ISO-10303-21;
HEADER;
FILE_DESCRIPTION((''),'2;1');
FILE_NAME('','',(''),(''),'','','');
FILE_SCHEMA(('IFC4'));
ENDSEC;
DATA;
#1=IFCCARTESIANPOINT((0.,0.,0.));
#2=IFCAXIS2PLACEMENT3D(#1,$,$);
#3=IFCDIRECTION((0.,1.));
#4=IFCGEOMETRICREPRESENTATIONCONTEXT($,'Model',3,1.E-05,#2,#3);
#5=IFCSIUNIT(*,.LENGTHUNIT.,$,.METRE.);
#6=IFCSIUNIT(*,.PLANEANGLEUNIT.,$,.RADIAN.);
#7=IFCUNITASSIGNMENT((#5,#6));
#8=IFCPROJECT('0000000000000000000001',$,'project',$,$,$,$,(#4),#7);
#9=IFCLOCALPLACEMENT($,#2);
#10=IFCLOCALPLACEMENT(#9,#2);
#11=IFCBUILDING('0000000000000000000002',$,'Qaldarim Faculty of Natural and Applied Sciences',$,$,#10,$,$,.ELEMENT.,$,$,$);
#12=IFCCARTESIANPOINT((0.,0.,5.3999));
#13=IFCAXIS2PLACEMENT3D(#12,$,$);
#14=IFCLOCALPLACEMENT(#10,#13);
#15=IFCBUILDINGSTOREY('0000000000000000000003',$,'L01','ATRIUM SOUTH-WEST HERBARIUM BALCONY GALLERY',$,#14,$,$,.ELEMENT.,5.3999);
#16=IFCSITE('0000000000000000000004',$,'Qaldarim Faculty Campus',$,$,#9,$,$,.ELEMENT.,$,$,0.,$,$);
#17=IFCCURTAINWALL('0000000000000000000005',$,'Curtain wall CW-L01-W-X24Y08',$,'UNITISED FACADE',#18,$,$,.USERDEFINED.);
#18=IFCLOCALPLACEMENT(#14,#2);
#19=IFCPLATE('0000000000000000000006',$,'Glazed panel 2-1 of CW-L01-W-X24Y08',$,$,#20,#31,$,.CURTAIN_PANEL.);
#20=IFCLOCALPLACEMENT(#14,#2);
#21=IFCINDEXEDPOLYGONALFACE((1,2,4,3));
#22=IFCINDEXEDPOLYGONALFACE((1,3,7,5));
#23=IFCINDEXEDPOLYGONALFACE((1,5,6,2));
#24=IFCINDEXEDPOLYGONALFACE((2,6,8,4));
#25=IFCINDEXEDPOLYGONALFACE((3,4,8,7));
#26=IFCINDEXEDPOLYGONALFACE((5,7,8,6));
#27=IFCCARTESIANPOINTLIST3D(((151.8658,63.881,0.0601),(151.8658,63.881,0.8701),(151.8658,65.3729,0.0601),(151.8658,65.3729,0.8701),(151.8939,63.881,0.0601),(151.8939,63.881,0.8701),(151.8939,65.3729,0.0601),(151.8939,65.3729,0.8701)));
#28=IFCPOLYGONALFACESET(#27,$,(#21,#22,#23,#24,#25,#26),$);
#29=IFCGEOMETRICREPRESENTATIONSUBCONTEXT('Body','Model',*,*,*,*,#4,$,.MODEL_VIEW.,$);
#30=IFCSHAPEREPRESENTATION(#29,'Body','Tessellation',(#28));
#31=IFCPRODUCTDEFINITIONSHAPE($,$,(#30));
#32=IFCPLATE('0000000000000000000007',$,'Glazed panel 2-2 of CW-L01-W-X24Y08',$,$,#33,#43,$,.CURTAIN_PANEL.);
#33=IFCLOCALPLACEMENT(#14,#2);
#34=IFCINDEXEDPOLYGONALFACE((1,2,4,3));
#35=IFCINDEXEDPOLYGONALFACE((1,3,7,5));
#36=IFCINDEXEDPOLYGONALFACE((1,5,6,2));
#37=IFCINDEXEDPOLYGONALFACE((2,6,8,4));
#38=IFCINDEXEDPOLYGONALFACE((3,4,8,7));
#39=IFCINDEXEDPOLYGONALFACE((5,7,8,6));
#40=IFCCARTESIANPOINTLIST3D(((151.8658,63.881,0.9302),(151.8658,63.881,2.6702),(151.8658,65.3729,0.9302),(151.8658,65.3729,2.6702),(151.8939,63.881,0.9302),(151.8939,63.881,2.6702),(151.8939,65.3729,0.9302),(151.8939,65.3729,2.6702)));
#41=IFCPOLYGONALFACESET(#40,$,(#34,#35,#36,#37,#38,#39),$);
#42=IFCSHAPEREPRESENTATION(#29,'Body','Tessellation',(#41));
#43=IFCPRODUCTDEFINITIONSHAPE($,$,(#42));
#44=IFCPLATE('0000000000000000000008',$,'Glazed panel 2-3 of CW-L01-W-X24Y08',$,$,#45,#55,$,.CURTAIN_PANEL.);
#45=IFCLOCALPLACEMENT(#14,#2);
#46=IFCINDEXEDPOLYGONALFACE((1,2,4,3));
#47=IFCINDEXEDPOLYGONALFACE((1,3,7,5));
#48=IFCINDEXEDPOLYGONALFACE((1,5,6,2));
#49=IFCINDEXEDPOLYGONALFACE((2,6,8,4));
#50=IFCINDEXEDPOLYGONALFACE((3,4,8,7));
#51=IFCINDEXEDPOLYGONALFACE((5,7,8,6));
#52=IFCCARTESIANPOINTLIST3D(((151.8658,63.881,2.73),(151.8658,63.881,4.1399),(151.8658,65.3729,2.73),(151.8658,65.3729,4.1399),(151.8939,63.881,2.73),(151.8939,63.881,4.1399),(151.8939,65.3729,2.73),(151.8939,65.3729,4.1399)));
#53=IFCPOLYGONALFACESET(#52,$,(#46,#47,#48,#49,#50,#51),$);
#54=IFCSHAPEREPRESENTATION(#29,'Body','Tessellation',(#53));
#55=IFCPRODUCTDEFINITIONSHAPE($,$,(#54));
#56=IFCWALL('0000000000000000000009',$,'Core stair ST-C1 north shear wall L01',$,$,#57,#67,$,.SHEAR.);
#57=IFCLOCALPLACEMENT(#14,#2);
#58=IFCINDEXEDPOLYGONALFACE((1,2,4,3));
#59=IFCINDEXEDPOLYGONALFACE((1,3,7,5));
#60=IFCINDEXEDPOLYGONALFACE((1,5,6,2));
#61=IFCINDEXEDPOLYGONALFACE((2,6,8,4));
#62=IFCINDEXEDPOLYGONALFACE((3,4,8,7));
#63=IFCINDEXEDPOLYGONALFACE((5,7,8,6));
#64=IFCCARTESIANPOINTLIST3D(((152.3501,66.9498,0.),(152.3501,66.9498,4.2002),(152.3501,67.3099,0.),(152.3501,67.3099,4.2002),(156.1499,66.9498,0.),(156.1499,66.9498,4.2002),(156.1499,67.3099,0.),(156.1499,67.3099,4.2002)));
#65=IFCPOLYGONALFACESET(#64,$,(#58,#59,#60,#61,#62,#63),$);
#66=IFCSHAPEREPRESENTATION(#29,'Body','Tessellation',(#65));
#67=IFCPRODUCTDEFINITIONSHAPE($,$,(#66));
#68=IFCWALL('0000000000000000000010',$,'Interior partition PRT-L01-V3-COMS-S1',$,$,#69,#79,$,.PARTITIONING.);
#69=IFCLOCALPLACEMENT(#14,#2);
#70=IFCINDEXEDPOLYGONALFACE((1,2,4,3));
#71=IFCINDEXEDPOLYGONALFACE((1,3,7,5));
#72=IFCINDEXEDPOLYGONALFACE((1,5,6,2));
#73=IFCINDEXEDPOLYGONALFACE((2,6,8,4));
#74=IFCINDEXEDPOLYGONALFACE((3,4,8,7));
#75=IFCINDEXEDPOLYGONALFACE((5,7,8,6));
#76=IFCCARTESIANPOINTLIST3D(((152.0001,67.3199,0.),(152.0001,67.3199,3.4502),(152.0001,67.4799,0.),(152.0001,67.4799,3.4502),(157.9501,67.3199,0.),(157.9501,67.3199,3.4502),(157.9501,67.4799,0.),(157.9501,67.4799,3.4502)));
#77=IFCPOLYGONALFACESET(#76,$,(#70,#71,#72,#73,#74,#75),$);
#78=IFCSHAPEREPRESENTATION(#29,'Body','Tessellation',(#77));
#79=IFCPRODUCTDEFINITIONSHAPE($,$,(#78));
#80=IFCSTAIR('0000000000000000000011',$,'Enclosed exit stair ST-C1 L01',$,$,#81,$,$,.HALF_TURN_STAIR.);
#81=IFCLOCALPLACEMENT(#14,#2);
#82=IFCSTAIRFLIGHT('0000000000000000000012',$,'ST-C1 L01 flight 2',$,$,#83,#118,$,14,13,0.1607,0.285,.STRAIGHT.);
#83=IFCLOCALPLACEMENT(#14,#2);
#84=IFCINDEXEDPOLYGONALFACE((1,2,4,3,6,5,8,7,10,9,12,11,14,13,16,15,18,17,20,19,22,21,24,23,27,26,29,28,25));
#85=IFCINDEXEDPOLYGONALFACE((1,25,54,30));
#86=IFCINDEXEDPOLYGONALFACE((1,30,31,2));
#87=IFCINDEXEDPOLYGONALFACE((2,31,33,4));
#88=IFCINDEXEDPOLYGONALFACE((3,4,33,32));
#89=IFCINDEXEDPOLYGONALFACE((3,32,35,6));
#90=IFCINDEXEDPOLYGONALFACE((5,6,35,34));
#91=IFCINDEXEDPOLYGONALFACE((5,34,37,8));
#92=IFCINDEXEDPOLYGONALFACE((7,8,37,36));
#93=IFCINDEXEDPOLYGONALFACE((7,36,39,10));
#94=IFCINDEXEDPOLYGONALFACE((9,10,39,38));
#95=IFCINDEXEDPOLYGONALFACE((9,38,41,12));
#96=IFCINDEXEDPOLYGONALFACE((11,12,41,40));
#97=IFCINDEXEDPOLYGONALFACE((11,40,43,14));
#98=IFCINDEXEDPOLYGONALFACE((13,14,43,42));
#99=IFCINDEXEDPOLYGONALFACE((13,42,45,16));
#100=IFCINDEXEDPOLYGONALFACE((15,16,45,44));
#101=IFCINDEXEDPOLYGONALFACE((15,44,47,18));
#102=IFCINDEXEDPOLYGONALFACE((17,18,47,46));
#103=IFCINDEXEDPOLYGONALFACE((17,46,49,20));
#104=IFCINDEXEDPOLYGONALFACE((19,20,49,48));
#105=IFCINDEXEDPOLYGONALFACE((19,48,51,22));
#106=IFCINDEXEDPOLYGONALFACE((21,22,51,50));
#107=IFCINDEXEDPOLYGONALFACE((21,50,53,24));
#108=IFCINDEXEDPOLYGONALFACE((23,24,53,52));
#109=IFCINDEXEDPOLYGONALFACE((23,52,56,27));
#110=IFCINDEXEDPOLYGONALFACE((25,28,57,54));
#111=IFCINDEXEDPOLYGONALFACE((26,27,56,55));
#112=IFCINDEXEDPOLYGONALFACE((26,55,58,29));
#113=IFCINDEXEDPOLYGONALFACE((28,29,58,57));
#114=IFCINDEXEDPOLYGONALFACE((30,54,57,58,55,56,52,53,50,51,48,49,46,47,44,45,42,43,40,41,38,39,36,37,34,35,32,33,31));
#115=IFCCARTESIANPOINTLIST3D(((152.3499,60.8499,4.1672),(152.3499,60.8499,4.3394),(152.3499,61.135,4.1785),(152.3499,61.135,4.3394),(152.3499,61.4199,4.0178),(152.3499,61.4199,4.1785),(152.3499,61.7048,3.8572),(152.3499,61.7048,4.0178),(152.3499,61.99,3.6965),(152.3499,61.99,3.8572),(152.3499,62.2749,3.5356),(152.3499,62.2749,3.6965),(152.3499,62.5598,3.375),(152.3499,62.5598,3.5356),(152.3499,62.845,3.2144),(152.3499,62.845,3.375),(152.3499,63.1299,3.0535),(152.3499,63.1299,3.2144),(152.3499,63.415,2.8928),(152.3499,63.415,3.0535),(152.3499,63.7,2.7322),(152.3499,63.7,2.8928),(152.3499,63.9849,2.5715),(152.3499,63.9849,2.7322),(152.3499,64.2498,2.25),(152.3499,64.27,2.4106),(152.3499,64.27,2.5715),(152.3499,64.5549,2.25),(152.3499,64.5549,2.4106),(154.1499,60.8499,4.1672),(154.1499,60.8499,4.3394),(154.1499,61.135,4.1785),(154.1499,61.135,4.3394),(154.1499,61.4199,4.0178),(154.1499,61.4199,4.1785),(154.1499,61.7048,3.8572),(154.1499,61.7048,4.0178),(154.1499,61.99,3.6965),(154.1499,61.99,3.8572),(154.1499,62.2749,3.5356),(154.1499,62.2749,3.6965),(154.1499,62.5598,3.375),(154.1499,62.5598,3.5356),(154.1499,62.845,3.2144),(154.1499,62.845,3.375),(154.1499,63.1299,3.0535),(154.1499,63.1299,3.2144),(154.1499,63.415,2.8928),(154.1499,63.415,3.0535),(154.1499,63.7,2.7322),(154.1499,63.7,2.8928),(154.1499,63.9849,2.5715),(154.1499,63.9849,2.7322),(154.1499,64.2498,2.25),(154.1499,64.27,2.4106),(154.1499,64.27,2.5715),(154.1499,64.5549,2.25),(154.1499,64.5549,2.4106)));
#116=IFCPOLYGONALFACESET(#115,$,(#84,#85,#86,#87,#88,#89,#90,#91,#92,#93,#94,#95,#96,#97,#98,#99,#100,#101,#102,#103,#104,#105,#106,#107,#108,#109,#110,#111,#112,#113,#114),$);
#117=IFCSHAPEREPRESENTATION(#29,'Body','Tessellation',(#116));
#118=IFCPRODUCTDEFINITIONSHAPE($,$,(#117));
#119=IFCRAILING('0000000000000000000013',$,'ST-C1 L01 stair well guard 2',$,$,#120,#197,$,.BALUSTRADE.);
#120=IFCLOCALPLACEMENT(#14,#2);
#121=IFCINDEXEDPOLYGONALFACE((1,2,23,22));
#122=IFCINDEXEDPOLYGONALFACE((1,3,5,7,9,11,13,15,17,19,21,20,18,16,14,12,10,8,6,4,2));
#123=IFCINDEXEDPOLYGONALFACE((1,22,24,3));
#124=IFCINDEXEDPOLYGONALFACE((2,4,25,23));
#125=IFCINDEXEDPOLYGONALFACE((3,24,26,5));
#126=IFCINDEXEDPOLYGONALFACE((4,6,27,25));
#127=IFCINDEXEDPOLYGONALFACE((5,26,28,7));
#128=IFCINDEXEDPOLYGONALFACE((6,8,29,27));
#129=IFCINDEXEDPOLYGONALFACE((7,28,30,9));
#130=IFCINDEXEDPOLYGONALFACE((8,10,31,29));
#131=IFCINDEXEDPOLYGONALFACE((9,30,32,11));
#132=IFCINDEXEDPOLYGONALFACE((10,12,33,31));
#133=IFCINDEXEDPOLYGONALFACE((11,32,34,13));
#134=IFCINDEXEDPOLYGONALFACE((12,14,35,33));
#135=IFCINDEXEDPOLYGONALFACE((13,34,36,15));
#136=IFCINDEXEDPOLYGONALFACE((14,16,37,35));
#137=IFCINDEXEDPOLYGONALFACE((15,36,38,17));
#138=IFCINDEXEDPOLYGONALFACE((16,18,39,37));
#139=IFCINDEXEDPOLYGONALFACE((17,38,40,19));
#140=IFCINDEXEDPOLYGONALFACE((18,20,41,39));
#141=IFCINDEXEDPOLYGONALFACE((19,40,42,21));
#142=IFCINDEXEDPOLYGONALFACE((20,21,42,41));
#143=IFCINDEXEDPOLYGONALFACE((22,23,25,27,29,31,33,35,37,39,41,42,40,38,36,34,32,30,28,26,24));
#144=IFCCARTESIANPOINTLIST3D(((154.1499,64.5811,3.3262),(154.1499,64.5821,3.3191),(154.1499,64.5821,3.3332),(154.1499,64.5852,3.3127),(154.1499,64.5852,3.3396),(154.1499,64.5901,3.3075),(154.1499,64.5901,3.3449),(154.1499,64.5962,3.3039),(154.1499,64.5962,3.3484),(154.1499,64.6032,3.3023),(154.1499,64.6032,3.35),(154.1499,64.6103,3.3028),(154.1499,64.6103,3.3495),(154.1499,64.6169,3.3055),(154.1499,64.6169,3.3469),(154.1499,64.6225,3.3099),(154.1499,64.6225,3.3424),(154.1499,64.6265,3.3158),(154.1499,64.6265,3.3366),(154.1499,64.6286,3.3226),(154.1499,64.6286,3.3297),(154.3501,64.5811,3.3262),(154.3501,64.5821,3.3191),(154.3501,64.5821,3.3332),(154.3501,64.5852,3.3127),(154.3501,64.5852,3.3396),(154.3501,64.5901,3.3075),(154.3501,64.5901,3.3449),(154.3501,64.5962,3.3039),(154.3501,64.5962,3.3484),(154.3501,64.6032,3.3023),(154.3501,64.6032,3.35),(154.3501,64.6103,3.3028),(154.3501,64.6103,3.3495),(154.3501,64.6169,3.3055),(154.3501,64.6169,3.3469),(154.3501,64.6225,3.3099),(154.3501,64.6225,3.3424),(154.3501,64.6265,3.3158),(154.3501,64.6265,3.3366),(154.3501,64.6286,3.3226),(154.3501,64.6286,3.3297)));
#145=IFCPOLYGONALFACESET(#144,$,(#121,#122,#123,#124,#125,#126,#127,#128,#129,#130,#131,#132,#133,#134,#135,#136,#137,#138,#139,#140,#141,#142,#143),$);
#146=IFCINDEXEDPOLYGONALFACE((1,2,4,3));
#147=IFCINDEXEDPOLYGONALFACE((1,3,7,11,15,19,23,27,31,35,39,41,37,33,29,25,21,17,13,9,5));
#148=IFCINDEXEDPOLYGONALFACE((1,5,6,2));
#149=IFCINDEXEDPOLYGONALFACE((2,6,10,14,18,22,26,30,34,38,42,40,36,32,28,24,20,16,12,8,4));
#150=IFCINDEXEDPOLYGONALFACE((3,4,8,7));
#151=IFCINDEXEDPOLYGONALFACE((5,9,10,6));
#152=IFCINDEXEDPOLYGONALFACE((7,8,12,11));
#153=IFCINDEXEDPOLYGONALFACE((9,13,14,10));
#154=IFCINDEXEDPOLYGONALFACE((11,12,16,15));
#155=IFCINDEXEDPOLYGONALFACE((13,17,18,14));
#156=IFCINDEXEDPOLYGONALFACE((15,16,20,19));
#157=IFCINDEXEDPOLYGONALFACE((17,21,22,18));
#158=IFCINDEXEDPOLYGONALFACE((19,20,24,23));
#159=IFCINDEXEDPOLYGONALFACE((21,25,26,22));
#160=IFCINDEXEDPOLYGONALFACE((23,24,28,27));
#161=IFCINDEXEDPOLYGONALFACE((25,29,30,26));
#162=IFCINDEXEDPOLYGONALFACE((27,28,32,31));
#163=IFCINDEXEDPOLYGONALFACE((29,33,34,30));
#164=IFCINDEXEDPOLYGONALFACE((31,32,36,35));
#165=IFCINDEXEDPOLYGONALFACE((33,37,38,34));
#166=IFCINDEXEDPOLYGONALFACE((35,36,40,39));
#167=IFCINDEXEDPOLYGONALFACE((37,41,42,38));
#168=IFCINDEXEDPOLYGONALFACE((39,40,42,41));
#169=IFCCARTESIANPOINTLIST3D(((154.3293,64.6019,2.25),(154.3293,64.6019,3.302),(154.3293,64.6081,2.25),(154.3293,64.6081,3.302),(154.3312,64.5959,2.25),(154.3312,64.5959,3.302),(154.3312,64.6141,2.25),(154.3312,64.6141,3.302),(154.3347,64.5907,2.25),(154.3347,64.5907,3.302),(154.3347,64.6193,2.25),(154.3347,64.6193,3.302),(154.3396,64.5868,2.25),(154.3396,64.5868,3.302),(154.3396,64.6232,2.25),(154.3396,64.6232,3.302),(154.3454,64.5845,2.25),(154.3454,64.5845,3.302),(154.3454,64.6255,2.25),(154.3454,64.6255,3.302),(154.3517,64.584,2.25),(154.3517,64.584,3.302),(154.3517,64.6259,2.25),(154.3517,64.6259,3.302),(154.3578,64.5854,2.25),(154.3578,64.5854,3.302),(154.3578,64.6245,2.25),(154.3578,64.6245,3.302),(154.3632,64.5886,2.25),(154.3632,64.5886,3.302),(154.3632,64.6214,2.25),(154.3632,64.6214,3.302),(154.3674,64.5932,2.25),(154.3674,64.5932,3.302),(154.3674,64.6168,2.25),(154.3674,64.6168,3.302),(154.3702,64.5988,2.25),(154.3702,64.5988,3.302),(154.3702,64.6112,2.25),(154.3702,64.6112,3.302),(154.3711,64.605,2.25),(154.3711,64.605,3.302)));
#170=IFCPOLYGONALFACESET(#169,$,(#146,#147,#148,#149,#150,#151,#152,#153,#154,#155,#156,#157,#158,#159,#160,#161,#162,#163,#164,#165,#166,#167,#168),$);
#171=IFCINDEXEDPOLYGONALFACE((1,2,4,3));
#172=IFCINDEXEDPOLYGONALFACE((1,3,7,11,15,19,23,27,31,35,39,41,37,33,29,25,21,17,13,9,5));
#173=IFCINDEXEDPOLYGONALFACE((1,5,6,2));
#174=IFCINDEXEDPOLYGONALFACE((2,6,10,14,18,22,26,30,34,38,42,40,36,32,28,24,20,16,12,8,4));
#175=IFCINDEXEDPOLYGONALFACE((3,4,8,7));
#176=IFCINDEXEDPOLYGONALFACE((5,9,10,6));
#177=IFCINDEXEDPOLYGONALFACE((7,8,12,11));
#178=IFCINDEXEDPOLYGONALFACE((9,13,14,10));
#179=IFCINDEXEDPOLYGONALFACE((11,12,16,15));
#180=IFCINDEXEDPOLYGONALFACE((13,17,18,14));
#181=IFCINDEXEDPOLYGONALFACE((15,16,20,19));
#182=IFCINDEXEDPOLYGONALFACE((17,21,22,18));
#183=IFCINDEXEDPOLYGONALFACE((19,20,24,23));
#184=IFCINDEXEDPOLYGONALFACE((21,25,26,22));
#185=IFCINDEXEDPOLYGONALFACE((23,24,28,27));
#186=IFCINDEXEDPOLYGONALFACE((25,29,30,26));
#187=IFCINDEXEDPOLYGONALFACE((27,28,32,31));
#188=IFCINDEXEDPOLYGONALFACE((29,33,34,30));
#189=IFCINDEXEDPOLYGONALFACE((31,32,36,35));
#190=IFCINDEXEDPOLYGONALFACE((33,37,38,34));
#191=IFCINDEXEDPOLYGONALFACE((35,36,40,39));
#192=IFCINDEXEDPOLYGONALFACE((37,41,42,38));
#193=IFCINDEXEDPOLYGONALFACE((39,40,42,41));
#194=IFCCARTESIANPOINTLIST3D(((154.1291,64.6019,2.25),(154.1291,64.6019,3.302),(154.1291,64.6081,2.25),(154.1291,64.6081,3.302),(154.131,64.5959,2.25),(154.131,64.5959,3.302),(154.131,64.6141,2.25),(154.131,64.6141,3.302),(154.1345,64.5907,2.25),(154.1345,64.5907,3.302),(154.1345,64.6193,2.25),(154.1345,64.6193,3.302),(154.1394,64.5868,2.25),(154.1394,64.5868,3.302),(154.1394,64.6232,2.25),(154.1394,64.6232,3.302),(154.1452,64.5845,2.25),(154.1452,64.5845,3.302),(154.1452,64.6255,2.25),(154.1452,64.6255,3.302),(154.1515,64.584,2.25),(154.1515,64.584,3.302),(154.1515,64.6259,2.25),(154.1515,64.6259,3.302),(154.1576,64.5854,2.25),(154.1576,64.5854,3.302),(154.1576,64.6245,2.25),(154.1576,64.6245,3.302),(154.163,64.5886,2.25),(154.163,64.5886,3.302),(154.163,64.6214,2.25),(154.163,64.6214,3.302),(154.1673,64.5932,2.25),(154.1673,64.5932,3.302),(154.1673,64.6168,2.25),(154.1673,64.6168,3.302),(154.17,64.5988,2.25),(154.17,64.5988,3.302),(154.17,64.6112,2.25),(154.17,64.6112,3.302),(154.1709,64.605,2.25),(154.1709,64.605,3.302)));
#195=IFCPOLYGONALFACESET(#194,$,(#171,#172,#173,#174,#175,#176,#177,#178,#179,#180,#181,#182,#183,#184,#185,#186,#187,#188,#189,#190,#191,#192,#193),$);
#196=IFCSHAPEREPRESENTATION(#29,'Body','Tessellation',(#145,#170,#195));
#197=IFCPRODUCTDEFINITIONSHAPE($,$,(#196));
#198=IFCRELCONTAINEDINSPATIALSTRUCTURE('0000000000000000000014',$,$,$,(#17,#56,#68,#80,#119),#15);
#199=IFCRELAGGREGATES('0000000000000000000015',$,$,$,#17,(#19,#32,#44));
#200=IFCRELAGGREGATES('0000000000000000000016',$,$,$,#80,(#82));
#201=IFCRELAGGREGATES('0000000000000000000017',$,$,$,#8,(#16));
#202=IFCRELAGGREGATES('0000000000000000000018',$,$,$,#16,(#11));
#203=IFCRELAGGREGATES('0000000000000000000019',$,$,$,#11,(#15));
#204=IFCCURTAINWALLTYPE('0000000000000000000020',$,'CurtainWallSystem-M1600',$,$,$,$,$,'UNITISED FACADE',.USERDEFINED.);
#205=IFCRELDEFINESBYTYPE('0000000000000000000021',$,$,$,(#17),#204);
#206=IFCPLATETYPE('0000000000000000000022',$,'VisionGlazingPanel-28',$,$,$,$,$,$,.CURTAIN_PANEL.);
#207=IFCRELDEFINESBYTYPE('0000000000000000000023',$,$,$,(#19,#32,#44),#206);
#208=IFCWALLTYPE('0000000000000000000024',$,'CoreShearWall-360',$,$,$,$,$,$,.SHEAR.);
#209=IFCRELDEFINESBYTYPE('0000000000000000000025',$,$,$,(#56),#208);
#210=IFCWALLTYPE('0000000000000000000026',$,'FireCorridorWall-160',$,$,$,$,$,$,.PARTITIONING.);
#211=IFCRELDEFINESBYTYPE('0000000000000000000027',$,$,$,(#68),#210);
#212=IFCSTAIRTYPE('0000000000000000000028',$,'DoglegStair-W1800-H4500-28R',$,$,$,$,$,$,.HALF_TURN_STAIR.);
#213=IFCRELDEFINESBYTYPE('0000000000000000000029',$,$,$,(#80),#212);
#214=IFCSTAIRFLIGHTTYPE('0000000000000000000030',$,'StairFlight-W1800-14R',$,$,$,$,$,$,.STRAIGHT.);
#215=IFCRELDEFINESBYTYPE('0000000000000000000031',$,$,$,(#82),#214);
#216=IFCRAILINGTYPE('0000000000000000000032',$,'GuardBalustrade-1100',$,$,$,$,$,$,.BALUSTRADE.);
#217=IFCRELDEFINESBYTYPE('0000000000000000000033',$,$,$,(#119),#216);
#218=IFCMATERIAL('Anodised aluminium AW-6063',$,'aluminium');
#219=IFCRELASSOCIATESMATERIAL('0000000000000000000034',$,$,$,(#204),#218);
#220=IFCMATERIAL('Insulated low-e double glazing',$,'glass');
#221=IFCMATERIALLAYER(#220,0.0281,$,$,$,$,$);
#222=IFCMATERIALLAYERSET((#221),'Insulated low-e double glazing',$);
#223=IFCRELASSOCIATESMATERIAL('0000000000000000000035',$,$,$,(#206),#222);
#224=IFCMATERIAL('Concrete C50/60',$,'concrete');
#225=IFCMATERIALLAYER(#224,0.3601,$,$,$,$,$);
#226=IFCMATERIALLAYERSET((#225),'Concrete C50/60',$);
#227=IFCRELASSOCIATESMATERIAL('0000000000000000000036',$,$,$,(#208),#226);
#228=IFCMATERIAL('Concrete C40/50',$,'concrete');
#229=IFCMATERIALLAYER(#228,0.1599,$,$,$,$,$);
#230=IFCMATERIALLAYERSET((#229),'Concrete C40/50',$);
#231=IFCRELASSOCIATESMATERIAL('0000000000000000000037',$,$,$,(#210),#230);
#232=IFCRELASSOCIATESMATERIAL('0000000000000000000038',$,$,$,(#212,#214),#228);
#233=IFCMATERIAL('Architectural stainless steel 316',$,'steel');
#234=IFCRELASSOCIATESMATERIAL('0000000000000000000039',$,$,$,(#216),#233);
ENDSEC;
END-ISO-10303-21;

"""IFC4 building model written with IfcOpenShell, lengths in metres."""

from ifc_helpers import new_model, si_unit, direction, frame, frame_2d, origin, origin_2d, place, context, subcontext, project, spatial, polyline, rectangle, circle, outline, extrude, material, layer, layer_set, type_object, element, aggregate, save


model = new_model("IFC4")

# Units and contexts
model_context = context("Model", 3, precision=1e-05, world=origin(), true_north=direction((0.0, 1.0)))
body_context = subcontext(model_context, "Body", "Model", "MODEL_VIEW")
ifc_project = project(units=[si_unit("LENGTHUNIT", "METRE"), si_unit("PLANEANGLEUNIT", "RADIAN")], contexts=[model_context])

# Site, building, storey
site_placement = place(None, origin())
site = spatial("IfcSite", under=ifc_project, at=site_placement, Name="Qaldarim Faculty Campus", CompositionType="ELEMENT", RefElevation=0.0)
building_placement = place(site_placement, origin())
building = spatial("IfcBuilding", under=site, at=building_placement, Name="Qaldarim Faculty of Natural and Applied Sciences", CompositionType="ELEMENT")
storey_placement = place(building_placement, frame((0.0, 0.0, 5.3999)))
storey = spatial("IfcBuildingStorey", under=building, at=storey_placement, Name="L01", Description="ATRIUM SOUTH-WEST HERBARIUM BALCONY GALLERY", CompositionType="ELEMENT", Elevation=5.3999)

# Shared definitions
ifc_material_1 = material(Name="Concrete C40/50", Category="concrete")

# Curtain wall, plates
ifc_material_2 = material(Name="Anodised aluminium AW-6063", Category="aluminium")
curtain_wall_type = type_object("IfcCurtainWallType", Name="CurtainWallSystem-M1600", ElementType="UNITISED FACADE", PredefinedType="USERDEFINED", material=ifc_material_2)
curtain_wall_placement = place(storey_placement, origin())
curtain_wall = element("IfcCurtainWall", 1, at=curtain_wall_placement, inside=storey, type_object=curtain_wall_type, Name="Curtain wall CW-L01-W-X24Y08", ObjectType="UNITISED FACADE", PredefinedType="USERDEFINED")
ifc_material_3 = material(Name="Insulated low-e double glazing", Category="glass")
ifc_layer_1 = layer(ifc_material_3, 0.0281)
ifc_layer_set_1 = layer_set([ifc_layer_1], Name="Insulated low-e double glazing")
plate_type = type_object("IfcPlateType", Name="VisionGlazingPanel-28", PredefinedType="CURTAIN_PANEL", material=ifc_layer_set_1)
plate_1_placement = place(storey_placement, frame((151.8799, 64.627, 0.0601), z_axis=(0.0, 0.0, 1.0), x_axis=(0.0, -1.0, 0.0)))
plate_1 = element("IfcPlate", 2, at=plate_1_placement, type_object=plate_type, Name="Glazed panel 2-1 of CW-L01-W-X24Y08", PredefinedType="CURTAIN_PANEL", context=body_context, shape_type="SweptSolid", body=[
    extrude(rectangle(XDim=1.4919, YDim=0.0281, at=origin_2d()), origin(), (0.0, 0.0, 1.0), 0.8101),
])
plate_2_placement = place(storey_placement, frame((151.8799, 64.627, 0.9302), z_axis=(0.0, 0.0, 1.0), x_axis=(0.0, -1.0, 0.0)))
plate_2 = element("IfcPlate", 3, at=plate_2_placement, type_object=plate_type, Name="Glazed panel 2-2 of CW-L01-W-X24Y08", PredefinedType="CURTAIN_PANEL", context=body_context, shape_type="SweptSolid", body=[
    extrude(rectangle(XDim=1.4919, YDim=0.0281, at=origin_2d()), origin(), (0.0, 0.0, 1.0), 1.74),
])
plate_3_placement = place(storey_placement, frame((151.8799, 64.627, 2.73), z_axis=(0.0, 0.0, 1.0), x_axis=(0.0, -1.0, 0.0)))
plate_3 = element("IfcPlate", 4, at=plate_3_placement, type_object=plate_type, Name="Glazed panel 2-3 of CW-L01-W-X24Y08", PredefinedType="CURTAIN_PANEL", context=body_context, shape_type="SweptSolid", body=[
    extrude(rectangle(XDim=1.4919, YDim=0.0281, at=origin_2d()), origin(), (0.0, 0.0, 1.0), 1.4099),
])
aggregate(curtain_wall, [plate_1, plate_2, plate_3])

# Walls
ifc_material_4 = material(Name="Concrete C50/60", Category="concrete")
ifc_layer_2 = layer(ifc_material_4, 0.3601)
ifc_layer_set_2 = layer_set([ifc_layer_2], Name="Concrete C50/60")
wall_type_1 = type_object("IfcWallType", Name="CoreShearWall-360", PredefinedType="SHEAR", material=ifc_layer_set_2)
wall_1_placement = place(storey_placement, frame((152.3501, 67.1299, 0.0), z_axis=(0.0, 0.0, 1.0), x_axis=(1.0, 0.0, 0.0)))
element("IfcWall", 5, at=wall_1_placement, inside=storey, type_object=wall_type_1, Name="Core stair ST-C1 north shear wall L01", PredefinedType="SHEAR", context=body_context, shape_type="SweptSolid", body=[
    extrude(rectangle(XDim=3.7998, YDim=0.3601, at=frame_2d((1.8999, 0.0))), origin(), (0.0, 0.0, 1.0), 4.2002),
])
ifc_layer_3 = layer(ifc_material_1, 0.1599)
ifc_layer_set_3 = layer_set([ifc_layer_3], Name="Concrete C40/50")
wall_type_2 = type_object("IfcWallType", Name="FireCorridorWall-160", PredefinedType="PARTITIONING", material=ifc_layer_set_3)
wall_2_placement = place(storey_placement, frame((152.0, 67.3999, 0.0), z_axis=(0.0, 0.0, 1.0), x_axis=(1.0, 0.0, 0.0)))
element("IfcWall", 6, at=wall_2_placement, inside=storey, type_object=wall_type_2, Name="Interior partition PRT-L01-V3-COMS-S1", PredefinedType="PARTITIONING", context=body_context, shape_type="SweptSolid", body=[
    extrude(rectangle(XDim=5.95, YDim=0.1599, at=frame_2d((2.9751, 0.0))), origin(), (0.0, 0.0, 1.0), 3.4502),
])

# Stair, stair flight
stair_type = type_object("IfcStairType", Name="DoglegStair-W1800-H4500-28R", PredefinedType="HALF_TURN_STAIR", material=ifc_material_1)
stair_placement = place(storey_placement, origin())
stair = element("IfcStair", 7, at=stair_placement, inside=storey, type_object=stair_type, Name="Enclosed exit stair ST-C1 L01", PredefinedType="HALF_TURN_STAIR")
stair_flight_type = type_object("IfcStairFlightType", Name="StairFlight-W1800-14R", PredefinedType="STRAIGHT", material=ifc_material_1)
stair_flight_placement = place(storey_placement, frame((153.25, 64.5549, 2.25), z_axis=(0.0, 0.0, 1.0), x_axis=(0.0, -1.0, 0.0)))
stair_flight = element("IfcStairFlight", 8, at=stair_flight_placement, type_object=stair_flight_type, Name="ST-C1 L01 flight 2", NumberOfRisers=14, NumberOfTreads=13, PredefinedType="STRAIGHT", RiserHeight=0.1607, TreadLength=0.285, context=body_context, shape_type="SweptSolid", body=[
    extrude(outline(polyline([(0.0, 0.0), (0.0, 0.1606), (0.2849, 0.1606), (0.2849, 0.3215), (0.5701, 0.3215), (0.5701, 0.4822), (0.855, 0.4822), (0.855, 0.6428), (1.1399, 0.6428), (1.1399, 0.8035), (1.425, 0.8035), (1.425, 0.9644), (1.71, 0.9644), (1.71, 1.125), (1.9951, 1.125), (1.9951, 1.2856), (2.28, 1.2856), (2.28, 1.4465), (2.5649, 1.4465), (2.5649, 1.6072), (2.8501, 1.6072), (2.8501, 1.7678), (3.135, 1.7678), (3.135, 1.9285), (3.4199, 1.9285), (3.4199, 2.0894), (3.7051, 2.0894), (3.7051, 2.25), (3.7051, 1.9172), (0.3052, 0.0), (0.0, 0.0)])), frame((0.0, 0.8999, 0.0), z_axis=(0.0, -1.0, 0.0), x_axis=(1.0, 0.0, 0.0)), (0.0, 0.0, 1.0), 1.8),
])
aggregate(stair, [stair_flight])

# Railing
ifc_material_5 = material(Name="Architectural stainless steel 316", Category="steel")
railing_type_1 = type_object("IfcRailingType", Name="GuardBalustrade-1100", PredefinedType="BALUSTRADE", material=ifc_material_5)
railing_1_placement = place(storey_placement, frame((154.3501, 64.605, 2.25)))
element("IfcRailing", 9, at=railing_1_placement, inside=storey, type_object=railing_type_1, Name="ST-C1 L01 stair well guard 2", PredefinedType="BALUSTRADE", context=body_context, shape_type="SweptSolid", body=[
    extrude(circle(Radius=0.0239, at=origin_2d()), frame((0.0, 0.0, 1.0762), z_axis=(-1.0, 0.0, 0.0), x_axis=(0.0, -1.0, 0.0)), (0.0, 0.0, 1.0), 0.2002),
    extrude(circle(Radius=0.021, at=origin_2d()), origin(), (0.0, 0.0, 1.0), 1.052),
    extrude(circle(Radius=0.021, at=origin_2d()), frame((-0.2002, 0.0, 0.0)), (0.0, 0.0, 1.0), 1.052),
])

save(model, "model.ifc")
